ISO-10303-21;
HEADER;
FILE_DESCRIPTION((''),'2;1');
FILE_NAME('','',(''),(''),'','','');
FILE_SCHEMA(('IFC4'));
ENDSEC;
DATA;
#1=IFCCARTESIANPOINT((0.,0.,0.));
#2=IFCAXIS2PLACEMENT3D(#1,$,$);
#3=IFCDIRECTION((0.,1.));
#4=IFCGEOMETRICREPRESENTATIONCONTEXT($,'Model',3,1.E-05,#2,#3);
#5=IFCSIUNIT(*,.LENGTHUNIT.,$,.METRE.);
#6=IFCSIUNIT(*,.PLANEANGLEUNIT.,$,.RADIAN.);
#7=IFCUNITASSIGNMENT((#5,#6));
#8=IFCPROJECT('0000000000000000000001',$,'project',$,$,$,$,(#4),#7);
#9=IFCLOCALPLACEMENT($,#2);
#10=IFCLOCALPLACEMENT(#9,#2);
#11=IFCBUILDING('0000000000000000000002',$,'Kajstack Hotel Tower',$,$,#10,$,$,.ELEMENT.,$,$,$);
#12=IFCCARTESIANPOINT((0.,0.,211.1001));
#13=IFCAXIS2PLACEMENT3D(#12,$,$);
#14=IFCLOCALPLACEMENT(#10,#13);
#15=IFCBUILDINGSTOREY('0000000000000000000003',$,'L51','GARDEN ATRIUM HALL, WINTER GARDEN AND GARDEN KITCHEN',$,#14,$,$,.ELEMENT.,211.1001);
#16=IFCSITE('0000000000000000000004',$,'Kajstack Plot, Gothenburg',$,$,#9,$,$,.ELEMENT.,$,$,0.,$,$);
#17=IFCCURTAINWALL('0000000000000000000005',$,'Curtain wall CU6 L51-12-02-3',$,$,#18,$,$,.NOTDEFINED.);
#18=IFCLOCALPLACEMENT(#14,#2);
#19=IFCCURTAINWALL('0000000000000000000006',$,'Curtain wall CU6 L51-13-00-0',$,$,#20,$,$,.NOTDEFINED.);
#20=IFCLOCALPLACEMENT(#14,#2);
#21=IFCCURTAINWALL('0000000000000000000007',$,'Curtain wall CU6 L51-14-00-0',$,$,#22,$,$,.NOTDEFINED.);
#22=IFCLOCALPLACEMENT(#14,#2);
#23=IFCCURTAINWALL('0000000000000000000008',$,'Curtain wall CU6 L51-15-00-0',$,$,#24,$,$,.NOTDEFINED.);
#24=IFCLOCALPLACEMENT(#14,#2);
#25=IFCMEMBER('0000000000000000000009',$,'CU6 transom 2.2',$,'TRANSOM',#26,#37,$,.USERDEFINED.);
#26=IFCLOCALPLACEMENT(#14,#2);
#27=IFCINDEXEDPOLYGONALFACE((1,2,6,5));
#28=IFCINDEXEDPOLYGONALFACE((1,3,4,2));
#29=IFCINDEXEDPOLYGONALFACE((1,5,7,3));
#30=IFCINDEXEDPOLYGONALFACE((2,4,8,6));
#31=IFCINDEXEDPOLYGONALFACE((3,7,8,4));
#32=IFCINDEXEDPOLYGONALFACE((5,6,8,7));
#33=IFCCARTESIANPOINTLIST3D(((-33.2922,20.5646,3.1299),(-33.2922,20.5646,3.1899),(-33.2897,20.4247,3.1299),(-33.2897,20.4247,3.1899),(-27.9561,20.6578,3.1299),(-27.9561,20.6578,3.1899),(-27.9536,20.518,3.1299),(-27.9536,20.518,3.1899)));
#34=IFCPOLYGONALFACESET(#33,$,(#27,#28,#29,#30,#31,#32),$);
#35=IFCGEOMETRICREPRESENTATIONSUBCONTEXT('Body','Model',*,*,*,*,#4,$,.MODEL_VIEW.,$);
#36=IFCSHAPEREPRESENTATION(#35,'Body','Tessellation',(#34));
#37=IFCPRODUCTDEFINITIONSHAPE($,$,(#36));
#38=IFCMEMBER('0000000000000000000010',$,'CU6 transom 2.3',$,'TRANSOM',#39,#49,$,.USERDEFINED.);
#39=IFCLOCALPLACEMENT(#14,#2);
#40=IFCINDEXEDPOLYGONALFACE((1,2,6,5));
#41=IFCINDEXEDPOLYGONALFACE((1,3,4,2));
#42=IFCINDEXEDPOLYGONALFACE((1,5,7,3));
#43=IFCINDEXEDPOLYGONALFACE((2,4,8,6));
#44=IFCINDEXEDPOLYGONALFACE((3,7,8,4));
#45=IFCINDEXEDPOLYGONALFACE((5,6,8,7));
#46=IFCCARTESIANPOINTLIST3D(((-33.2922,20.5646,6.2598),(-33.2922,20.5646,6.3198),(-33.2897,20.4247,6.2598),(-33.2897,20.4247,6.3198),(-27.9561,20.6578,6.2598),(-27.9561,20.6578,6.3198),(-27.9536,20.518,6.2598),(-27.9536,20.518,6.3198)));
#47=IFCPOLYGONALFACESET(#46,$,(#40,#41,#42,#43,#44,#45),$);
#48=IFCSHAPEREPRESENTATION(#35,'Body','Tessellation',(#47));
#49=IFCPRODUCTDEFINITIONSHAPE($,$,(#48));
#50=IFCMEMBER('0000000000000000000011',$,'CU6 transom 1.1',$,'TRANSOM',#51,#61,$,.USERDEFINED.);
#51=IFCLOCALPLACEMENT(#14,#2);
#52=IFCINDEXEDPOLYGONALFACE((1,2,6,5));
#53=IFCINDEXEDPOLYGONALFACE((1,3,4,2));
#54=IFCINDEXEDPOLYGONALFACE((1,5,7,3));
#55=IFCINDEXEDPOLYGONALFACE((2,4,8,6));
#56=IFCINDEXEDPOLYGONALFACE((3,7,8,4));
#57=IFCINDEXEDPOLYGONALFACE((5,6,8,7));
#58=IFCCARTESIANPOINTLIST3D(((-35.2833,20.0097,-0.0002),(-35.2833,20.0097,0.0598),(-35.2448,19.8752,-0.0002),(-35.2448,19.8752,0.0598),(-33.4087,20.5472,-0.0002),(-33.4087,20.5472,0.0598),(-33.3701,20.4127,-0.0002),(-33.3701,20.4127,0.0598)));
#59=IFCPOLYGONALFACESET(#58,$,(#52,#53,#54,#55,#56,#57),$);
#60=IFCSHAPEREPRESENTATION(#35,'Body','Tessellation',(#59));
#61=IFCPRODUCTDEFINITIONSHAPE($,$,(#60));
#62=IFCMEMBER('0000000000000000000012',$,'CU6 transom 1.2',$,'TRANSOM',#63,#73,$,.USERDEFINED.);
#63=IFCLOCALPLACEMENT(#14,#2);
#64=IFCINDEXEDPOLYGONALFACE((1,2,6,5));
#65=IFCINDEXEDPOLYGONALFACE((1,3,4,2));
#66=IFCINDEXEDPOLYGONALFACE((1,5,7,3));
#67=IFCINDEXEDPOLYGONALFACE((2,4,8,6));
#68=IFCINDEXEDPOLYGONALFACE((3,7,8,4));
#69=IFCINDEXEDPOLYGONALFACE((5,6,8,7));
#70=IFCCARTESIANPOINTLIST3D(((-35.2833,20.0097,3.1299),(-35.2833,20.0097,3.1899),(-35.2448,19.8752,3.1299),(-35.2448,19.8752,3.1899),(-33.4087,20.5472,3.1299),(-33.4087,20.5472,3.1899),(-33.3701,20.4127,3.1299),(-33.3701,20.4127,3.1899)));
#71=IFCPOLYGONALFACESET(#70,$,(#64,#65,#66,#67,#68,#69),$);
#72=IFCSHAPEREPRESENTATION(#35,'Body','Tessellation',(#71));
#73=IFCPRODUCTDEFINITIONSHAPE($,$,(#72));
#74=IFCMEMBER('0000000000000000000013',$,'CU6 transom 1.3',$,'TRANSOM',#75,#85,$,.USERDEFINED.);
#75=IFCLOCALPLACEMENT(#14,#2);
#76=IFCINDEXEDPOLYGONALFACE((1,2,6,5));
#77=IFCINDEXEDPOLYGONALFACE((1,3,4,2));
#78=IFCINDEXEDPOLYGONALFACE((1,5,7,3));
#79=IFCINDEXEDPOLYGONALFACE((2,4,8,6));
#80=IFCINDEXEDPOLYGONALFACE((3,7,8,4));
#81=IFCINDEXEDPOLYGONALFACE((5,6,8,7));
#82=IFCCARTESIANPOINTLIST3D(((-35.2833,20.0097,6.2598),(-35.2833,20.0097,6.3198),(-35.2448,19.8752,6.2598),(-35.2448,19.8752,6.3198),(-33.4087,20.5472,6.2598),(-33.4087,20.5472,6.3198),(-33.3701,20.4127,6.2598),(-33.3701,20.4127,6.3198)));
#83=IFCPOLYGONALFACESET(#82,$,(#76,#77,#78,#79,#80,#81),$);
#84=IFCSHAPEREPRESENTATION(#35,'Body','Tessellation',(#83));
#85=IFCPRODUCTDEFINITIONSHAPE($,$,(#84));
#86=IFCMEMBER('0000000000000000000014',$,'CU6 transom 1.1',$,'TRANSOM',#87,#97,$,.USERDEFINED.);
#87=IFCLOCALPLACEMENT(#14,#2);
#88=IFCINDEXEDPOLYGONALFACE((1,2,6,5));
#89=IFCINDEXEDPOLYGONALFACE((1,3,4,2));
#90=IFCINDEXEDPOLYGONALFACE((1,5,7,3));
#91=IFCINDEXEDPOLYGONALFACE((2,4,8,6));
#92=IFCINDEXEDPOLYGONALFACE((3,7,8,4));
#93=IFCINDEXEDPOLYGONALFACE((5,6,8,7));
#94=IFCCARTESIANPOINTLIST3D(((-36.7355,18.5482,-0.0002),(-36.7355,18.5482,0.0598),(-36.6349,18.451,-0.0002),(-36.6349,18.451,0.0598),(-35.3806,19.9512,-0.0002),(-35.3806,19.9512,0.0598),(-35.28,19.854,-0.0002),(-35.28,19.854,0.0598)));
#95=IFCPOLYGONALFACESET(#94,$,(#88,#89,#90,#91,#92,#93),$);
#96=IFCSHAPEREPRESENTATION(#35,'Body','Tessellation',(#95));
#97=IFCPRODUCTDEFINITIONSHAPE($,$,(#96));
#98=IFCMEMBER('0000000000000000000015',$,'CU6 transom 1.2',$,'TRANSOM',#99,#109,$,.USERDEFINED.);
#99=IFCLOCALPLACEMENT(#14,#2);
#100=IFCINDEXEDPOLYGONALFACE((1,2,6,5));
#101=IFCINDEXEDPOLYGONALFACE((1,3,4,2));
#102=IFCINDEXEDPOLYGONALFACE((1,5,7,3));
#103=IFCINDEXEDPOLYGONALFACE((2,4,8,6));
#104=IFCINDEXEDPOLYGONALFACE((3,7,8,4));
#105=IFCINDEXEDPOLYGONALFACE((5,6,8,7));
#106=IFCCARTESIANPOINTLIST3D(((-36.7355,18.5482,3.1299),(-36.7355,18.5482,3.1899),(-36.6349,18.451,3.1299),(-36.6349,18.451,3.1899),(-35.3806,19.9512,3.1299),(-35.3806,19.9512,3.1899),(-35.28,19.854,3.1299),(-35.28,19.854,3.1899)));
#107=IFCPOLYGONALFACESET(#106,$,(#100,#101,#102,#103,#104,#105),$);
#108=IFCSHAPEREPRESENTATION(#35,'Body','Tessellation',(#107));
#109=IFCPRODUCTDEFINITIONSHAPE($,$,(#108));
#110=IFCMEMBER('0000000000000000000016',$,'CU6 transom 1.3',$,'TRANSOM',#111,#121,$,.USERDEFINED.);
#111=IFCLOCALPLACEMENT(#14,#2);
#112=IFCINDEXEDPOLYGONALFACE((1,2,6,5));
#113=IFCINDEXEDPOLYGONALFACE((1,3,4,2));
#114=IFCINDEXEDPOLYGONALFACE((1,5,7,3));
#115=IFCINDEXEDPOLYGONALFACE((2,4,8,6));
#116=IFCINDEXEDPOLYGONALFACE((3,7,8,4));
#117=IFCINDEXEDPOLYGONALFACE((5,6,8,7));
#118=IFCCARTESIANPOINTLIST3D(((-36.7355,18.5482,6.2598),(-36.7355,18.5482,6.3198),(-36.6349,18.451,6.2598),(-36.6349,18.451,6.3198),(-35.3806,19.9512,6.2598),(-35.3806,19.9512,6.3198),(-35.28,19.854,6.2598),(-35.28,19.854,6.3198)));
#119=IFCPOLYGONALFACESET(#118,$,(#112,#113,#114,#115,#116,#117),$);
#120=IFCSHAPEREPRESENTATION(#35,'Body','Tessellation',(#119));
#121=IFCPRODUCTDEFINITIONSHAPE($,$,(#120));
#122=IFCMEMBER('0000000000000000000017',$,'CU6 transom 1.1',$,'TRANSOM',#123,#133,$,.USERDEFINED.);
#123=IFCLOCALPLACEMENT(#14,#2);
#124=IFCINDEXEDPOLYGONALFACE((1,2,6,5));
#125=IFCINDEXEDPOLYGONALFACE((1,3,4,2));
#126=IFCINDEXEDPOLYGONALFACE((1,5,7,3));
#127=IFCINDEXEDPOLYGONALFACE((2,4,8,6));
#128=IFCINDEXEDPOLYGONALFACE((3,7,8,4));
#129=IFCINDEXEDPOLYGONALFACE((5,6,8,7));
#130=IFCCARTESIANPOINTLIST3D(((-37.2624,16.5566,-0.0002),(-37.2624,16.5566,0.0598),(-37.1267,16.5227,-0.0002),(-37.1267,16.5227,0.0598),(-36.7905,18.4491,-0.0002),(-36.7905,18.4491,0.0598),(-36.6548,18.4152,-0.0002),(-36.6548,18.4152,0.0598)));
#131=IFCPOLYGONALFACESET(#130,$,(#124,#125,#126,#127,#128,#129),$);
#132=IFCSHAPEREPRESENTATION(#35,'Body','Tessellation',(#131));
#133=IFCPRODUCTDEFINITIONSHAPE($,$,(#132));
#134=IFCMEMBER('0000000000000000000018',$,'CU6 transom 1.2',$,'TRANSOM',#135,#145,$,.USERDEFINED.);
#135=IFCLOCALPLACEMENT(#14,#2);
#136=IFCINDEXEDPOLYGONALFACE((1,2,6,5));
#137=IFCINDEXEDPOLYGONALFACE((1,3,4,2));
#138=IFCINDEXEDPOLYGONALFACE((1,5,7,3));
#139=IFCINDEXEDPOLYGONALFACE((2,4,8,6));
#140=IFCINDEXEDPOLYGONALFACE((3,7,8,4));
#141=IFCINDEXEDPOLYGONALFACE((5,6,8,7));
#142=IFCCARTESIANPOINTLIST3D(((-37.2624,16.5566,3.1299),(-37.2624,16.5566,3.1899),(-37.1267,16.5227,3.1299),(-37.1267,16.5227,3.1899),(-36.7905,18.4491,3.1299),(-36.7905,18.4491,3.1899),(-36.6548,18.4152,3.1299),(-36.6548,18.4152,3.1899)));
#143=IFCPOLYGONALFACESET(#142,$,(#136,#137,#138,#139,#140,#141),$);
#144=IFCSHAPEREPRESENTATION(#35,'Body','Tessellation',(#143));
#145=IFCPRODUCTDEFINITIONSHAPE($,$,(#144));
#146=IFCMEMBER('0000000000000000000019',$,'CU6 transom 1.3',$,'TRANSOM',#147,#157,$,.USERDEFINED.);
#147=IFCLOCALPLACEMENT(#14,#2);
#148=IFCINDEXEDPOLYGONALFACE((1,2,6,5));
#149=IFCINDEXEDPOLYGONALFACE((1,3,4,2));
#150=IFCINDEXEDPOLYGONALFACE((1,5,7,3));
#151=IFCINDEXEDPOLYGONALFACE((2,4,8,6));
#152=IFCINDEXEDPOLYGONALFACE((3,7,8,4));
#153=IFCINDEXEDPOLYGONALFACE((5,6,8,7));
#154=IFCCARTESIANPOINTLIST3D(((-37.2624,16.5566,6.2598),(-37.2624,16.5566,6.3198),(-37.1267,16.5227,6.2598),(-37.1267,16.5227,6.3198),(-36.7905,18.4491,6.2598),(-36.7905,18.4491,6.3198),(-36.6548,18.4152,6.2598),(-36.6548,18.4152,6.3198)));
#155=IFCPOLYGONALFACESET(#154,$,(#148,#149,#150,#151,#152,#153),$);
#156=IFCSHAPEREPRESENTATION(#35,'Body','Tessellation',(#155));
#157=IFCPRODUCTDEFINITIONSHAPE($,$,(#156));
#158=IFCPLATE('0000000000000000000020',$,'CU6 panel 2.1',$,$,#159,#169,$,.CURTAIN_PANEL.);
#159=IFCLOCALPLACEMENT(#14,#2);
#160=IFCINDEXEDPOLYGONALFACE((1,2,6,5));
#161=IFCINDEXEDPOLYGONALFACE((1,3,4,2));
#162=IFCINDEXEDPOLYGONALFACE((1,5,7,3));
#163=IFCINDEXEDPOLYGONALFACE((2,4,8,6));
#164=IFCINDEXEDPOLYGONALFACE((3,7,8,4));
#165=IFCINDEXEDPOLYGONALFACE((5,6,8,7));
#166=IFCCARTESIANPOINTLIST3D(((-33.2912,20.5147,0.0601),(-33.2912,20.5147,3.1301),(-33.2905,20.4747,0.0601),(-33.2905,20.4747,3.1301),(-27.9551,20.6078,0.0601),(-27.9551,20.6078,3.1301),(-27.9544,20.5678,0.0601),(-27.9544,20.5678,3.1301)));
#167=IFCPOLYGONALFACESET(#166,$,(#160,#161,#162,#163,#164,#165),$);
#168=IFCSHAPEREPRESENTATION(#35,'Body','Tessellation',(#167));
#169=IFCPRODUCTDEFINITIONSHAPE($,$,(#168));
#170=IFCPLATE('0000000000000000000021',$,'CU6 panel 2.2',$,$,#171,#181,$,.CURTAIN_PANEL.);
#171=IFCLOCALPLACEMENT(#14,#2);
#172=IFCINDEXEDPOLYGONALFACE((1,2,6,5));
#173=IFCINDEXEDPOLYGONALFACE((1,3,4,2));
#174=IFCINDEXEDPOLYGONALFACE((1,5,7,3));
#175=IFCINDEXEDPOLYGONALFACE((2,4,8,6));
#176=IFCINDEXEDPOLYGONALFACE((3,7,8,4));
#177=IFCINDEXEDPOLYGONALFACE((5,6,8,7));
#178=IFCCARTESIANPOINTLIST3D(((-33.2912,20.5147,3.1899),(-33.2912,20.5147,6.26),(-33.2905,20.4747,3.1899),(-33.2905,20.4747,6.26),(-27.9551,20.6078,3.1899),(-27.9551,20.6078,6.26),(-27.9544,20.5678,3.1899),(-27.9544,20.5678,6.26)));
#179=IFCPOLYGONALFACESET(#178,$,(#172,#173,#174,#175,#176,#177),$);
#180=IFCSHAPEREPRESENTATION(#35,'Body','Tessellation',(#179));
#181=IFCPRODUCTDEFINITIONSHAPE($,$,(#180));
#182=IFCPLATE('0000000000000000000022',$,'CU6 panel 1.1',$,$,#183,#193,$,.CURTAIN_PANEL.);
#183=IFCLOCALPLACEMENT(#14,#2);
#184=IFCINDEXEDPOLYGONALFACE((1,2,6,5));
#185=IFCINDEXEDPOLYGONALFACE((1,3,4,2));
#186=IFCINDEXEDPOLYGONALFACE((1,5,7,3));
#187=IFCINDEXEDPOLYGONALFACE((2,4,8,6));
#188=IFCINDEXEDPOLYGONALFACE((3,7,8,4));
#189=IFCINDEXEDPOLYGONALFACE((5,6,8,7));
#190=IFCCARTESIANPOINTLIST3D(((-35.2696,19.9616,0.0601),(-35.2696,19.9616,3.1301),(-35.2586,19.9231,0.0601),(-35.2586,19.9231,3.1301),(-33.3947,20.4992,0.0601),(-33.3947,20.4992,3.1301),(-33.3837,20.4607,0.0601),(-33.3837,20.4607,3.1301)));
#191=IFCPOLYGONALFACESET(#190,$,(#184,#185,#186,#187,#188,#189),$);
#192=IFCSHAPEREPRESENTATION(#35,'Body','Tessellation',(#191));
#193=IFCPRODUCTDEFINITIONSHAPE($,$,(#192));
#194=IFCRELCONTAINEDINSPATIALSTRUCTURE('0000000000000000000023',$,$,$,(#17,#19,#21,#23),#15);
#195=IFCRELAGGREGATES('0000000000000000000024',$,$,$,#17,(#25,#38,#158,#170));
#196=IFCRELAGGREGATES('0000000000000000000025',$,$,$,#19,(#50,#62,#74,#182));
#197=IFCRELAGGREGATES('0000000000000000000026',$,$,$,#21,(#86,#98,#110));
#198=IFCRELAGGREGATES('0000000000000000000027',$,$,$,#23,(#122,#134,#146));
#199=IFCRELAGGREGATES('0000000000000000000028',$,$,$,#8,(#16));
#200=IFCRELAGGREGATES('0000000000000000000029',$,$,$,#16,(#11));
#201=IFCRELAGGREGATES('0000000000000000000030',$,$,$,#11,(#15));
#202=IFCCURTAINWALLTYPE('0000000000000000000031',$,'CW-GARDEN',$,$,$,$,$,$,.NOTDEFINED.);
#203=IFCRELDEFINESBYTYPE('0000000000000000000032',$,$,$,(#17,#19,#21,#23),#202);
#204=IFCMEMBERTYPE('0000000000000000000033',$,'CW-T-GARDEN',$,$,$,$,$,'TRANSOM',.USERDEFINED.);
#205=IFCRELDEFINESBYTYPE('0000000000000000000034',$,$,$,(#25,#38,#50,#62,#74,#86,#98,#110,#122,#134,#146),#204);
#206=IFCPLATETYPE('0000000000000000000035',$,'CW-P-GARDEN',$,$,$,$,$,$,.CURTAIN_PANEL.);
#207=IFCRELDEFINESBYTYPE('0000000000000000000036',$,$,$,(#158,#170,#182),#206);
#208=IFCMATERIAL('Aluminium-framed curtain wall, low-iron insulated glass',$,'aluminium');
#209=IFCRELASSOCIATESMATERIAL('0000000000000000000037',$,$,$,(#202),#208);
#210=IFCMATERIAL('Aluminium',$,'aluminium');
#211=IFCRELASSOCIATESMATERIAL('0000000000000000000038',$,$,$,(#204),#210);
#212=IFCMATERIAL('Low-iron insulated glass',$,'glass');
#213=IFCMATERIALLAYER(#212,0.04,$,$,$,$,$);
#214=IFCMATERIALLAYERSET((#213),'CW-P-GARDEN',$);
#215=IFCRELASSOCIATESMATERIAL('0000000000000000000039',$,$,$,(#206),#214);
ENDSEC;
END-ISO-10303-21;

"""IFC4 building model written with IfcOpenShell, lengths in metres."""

from ifc_helpers import new_model, si_unit, direction, frame, origin, origin_2d, place, context, subcontext, project, spatial, rectangle, extrude, material, layer, layer_set, material_profile, profile_set, type_object, element, aggregate, save


model = new_model("IFC4")

# Units and contexts
model_context = context("Model", 3, precision=1e-05, world=origin(), true_north=direction((0.0, 1.0)))
body_context = subcontext(model_context, "Body", "Model", "MODEL_VIEW")
ifc_project = project(units=[si_unit("LENGTHUNIT", "METRE"), si_unit("PLANEANGLEUNIT", "RADIAN")], contexts=[model_context])

# Site, building, storey
site_placement = place(None, origin())
site = spatial("IfcSite", under=ifc_project, at=site_placement, Name="Kajstack Plot, Gothenburg", CompositionType="ELEMENT", RefElevation=0.0)
building_placement = place(site_placement, origin())
building = spatial("IfcBuilding", under=site, at=building_placement, Name="Kajstack Hotel Tower", CompositionType="ELEMENT")
storey_placement = place(building_placement, frame((0.0, 0.0, 211.1001)))
storey = spatial("IfcBuildingStorey", under=building, at=storey_placement, Name="L51", Description="GARDEN ATRIUM HALL, WINTER GARDEN AND GARDEN KITCHEN", CompositionType="ELEMENT", Elevation=211.1001)

# Shared definitions
ifc_material_1 = material(Name="Aluminium-framed curtain wall, low-iron insulated glass", Category="aluminium")
curtain_wall_type = type_object("IfcCurtainWallType", Name="CW-GARDEN", PredefinedType="NOTDEFINED", material=ifc_material_1)
ifc_material_2 = material(Name="Aluminium", Category="aluminium")

# Curtain walls
curtain_wall_1_placement = place(storey_placement, origin())
curtain_wall_1 = element("IfcCurtainWall", 1, at=curtain_wall_1_placement, inside=storey, type_object=curtain_wall_type, Name="Curtain wall CU6 L51-12-02-3", PredefinedType="NOTDEFINED")
curtain_wall_2_placement = place(storey_placement, origin())
curtain_wall_2 = element("IfcCurtainWall", 2, at=curtain_wall_2_placement, inside=storey, type_object=curtain_wall_type, Name="Curtain wall CU6 L51-13-00-0", PredefinedType="NOTDEFINED")
curtain_wall_3_placement = place(storey_placement, origin())
curtain_wall_3 = element("IfcCurtainWall", 3, at=curtain_wall_3_placement, inside=storey, type_object=curtain_wall_type, Name="Curtain wall CU6 L51-14-00-0", PredefinedType="NOTDEFINED")
curtain_wall_4_placement = place(storey_placement, origin())
curtain_wall_4 = element("IfcCurtainWall", 4, at=curtain_wall_4_placement, inside=storey, type_object=curtain_wall_type, Name="Curtain wall CU6 L51-15-00-0", PredefinedType="NOTDEFINED")

# Members
ifc_material_profile_1 = material_profile(ifc_material_2, rectangle(XDim=0.1399, YDim=0.0601, at=origin_2d()), Name="Aluminium transom 140 x 60")
ifc_profile_set_1 = profile_set([ifc_material_profile_1], Name="Aluminium")
member_type_1 = type_object("IfcMemberType", Name="CW-T-GARDEN", ElementType="TRANSOM", PredefinedType="USERDEFINED", material=ifc_profile_set_1)
member_1_placement = place(storey_placement, frame((-27.9548, 20.5879, 3.1599), z_axis=(-0.999847, -0.017475, 0.0), x_axis=(0.017475, -0.999847, 0.0)))
member_1 = element("IfcMember", 5, at=member_1_placement, type_object=member_type_1, Name="CU6 transom 2.2", ObjectType="TRANSOM", PredefinedType="USERDEFINED", context=body_context, shape_type="SweptSolid", body=[
    extrude(rectangle(XDim=0.1399, YDim=0.0601, at=origin_2d()), origin(), (0.0, 0.0, 1.0), 5.3369),
])
member_2_placement = place(storey_placement, frame((-27.9548, 20.5879, 6.2898), z_axis=(-0.999847, -0.017475, 0.0), x_axis=(0.017475, -0.999847, 0.0)))
member_2 = element("IfcMember", 6, at=member_2_placement, type_object=member_type_1, Name="CU6 transom 2.3", ObjectType="TRANSOM", PredefinedType="USERDEFINED", context=body_context, shape_type="SweptSolid", body=[
    extrude(rectangle(XDim=0.1399, YDim=0.0601, at=origin_2d()), origin(), (0.0, 0.0, 1.0), 5.3369),
])
member_3_placement = place(storey_placement, frame((-33.3894, 20.48, 0.0298), z_axis=(-0.961259, -0.275647, 0.0), x_axis=(0.275647, -0.961259, 0.0)))
member_3 = element("IfcMember", 7, at=member_3_placement, type_object=member_type_1, Name="CU6 transom 1.1", ObjectType="TRANSOM", PredefinedType="USERDEFINED", context=body_context, shape_type="SweptSolid", body=[
    extrude(rectangle(XDim=0.1399, YDim=0.0601, at=origin_2d()), origin(), (0.0, 0.0, 1.0), 1.9502),
])
member_4_placement = place(storey_placement, frame((-33.3894, 20.48, 3.1599), z_axis=(-0.961259, -0.275647, 0.0), x_axis=(0.275647, -0.961259, 0.0)))
member_4 = element("IfcMember", 8, at=member_4_placement, type_object=member_type_1, Name="CU6 transom 1.2", ObjectType="TRANSOM", PredefinedType="USERDEFINED", context=body_context, shape_type="SweptSolid", body=[
    extrude(rectangle(XDim=0.1399, YDim=0.0601, at=origin_2d()), origin(), (0.0, 0.0, 1.0), 1.9502),
])
member_5_placement = place(storey_placement, frame((-33.3894, 20.48, 6.2898), z_axis=(-0.961259, -0.275647, 0.0), x_axis=(0.275647, -0.961259, 0.0)))
member_5 = element("IfcMember", 9, at=member_5_placement, type_object=member_type_1, Name="CU6 transom 1.3", ObjectType="TRANSOM", PredefinedType="USERDEFINED", context=body_context, shape_type="SweptSolid", body=[
    extrude(rectangle(XDim=0.1399, YDim=0.0601, at=origin_2d()), origin(), (0.0, 0.0, 1.0), 1.9502),
])
member_6_placement = place(storey_placement, frame((-35.3303, 19.9026, 0.0298), z_axis=(-0.69467, -0.719328, 0.0), x_axis=(0.719328, -0.69467, 0.0)))
member_6 = element("IfcMember", 10, at=member_6_placement, type_object=member_type_1, Name="CU6 transom 1.1", ObjectType="TRANSOM", PredefinedType="USERDEFINED", context=body_context, shape_type="SweptSolid", body=[
    extrude(rectangle(XDim=0.1399, YDim=0.0601, at=origin_2d()), origin(), (0.0, 0.0, 1.0), 1.9504),
])
member_7_placement = place(storey_placement, frame((-35.3303, 19.9026, 3.1599), z_axis=(-0.69467, -0.719328, 0.0), x_axis=(0.719328, -0.69467, 0.0)))
member_7 = element("IfcMember", 11, at=member_7_placement, type_object=member_type_1, Name="CU6 transom 1.2", ObjectType="TRANSOM", PredefinedType="USERDEFINED", context=body_context, shape_type="SweptSolid", body=[
    extrude(rectangle(XDim=0.1399, YDim=0.0601, at=origin_2d()), origin(), (0.0, 0.0, 1.0), 1.9504),
])
member_8_placement = place(storey_placement, frame((-35.3303, 19.9026, 6.2898), z_axis=(-0.69467, -0.719328, 0.0), x_axis=(0.719328, -0.69467, 0.0)))
member_8 = element("IfcMember", 12, at=member_8_placement, type_object=member_type_1, Name="CU6 transom 1.3", ObjectType="TRANSOM", PredefinedType="USERDEFINED", context=body_context, shape_type="SweptSolid", body=[
    extrude(rectangle(XDim=0.1399, YDim=0.0601, at=origin_2d()), origin(), (0.0, 0.0, 1.0), 1.9504),
])
member_9_placement = place(storey_placement, frame((-36.7227, 18.4321, 0.0298), z_axis=(-0.241947, -0.97029, 0.0), x_axis=(0.97029, -0.241947, 0.0)))
member_9 = element("IfcMember", 13, at=member_9_placement, type_object=member_type_1, Name="CU6 transom 1.1", ObjectType="TRANSOM", PredefinedType="USERDEFINED", context=body_context, shape_type="SweptSolid", body=[
    extrude(rectangle(XDim=0.1399, YDim=0.0601, at=origin_2d()), origin(), (0.0, 0.0, 1.0), 1.9504),
])
member_10_placement = place(storey_placement, frame((-36.7227, 18.4321, 3.1599), z_axis=(-0.241947, -0.97029, 0.0), x_axis=(0.97029, -0.241947, 0.0)))
member_10 = element("IfcMember", 14, at=member_10_placement, type_object=member_type_1, Name="CU6 transom 1.2", ObjectType="TRANSOM", PredefinedType="USERDEFINED", context=body_context, shape_type="SweptSolid", body=[
    extrude(rectangle(XDim=0.1399, YDim=0.0601, at=origin_2d()), origin(), (0.0, 0.0, 1.0), 1.9504),
])
member_11_placement = place(storey_placement, frame((-36.7227, 18.4321, 6.2898), z_axis=(-0.241947, -0.97029, 0.0), x_axis=(0.97029, -0.241947, 0.0)))
member_11 = element("IfcMember", 15, at=member_11_placement, type_object=member_type_1, Name="CU6 transom 1.3", ObjectType="TRANSOM", PredefinedType="USERDEFINED", context=body_context, shape_type="SweptSolid", body=[
    extrude(rectangle(XDim=0.1399, YDim=0.0601, at=origin_2d()), origin(), (0.0, 0.0, 1.0), 1.9504),
])

# Plates
ifc_material_3 = material(Name="Low-iron insulated glass", Category="glass")
ifc_layer_1 = layer(ifc_material_3, 0.04)
ifc_layer_set_1 = layer_set([ifc_layer_1], Name="CW-P-GARDEN")
plate_type = type_object("IfcPlateType", Name="CW-P-GARDEN", PredefinedType="CURTAIN_PANEL", material=ifc_layer_set_1)
plate_1_placement = place(storey_placement, frame((-30.6228, 20.5413, 0.0601), z_axis=(0.0, 0.0, 1.0), x_axis=(-0.999848, -0.017453, 0.0)))
plate_1 = element("IfcPlate", 16, at=plate_1_placement, type_object=plate_type, Name="CU6 panel 2.1", PredefinedType="CURTAIN_PANEL", context=body_context, shape_type="SweptSolid", body=[
    extrude(rectangle(XDim=5.3369, YDim=0.04, at=origin_2d()), origin(), (0.0, 0.0, 1.0), 3.0701),
])
plate_2_placement = place(storey_placement, frame((-30.6228, 20.5413, 3.1899), z_axis=(0.0, 0.0, 1.0), x_axis=(-0.999848, -0.017453, 0.0)))
plate_2 = element("IfcPlate", 17, at=plate_2_placement, type_object=plate_type, Name="CU6 panel 2.2", PredefinedType="CURTAIN_PANEL", context=body_context, shape_type="SweptSolid", body=[
    extrude(rectangle(XDim=5.3369, YDim=0.04, at=origin_2d()), origin(), (0.0, 0.0, 1.0), 3.0701),
])
aggregate(curtain_wall_1, [member_1, member_2, plate_1, plate_2])
plate_3_placement = place(storey_placement, frame((-34.3267, 20.2112, 0.0601), z_axis=(0.0, 0.0, 1.0), x_axis=(-0.961263, -0.275633, 0.0)))
plate_3 = element("IfcPlate", 18, at=plate_3_placement, type_object=plate_type, Name="CU6 panel 1.1", PredefinedType="CURTAIN_PANEL", context=body_context, shape_type="SweptSolid", body=[
    extrude(rectangle(XDim=1.9504, YDim=0.04, at=origin_2d()), origin(), (0.0, 0.0, 1.0), 3.0701),
])
aggregate(curtain_wall_2, [member_3, member_4, member_5, plate_3])
aggregate(curtain_wall_3, [member_6, member_7, member_8])
aggregate(curtain_wall_4, [member_9, member_10, member_11])

save(model, "model.ifc")
